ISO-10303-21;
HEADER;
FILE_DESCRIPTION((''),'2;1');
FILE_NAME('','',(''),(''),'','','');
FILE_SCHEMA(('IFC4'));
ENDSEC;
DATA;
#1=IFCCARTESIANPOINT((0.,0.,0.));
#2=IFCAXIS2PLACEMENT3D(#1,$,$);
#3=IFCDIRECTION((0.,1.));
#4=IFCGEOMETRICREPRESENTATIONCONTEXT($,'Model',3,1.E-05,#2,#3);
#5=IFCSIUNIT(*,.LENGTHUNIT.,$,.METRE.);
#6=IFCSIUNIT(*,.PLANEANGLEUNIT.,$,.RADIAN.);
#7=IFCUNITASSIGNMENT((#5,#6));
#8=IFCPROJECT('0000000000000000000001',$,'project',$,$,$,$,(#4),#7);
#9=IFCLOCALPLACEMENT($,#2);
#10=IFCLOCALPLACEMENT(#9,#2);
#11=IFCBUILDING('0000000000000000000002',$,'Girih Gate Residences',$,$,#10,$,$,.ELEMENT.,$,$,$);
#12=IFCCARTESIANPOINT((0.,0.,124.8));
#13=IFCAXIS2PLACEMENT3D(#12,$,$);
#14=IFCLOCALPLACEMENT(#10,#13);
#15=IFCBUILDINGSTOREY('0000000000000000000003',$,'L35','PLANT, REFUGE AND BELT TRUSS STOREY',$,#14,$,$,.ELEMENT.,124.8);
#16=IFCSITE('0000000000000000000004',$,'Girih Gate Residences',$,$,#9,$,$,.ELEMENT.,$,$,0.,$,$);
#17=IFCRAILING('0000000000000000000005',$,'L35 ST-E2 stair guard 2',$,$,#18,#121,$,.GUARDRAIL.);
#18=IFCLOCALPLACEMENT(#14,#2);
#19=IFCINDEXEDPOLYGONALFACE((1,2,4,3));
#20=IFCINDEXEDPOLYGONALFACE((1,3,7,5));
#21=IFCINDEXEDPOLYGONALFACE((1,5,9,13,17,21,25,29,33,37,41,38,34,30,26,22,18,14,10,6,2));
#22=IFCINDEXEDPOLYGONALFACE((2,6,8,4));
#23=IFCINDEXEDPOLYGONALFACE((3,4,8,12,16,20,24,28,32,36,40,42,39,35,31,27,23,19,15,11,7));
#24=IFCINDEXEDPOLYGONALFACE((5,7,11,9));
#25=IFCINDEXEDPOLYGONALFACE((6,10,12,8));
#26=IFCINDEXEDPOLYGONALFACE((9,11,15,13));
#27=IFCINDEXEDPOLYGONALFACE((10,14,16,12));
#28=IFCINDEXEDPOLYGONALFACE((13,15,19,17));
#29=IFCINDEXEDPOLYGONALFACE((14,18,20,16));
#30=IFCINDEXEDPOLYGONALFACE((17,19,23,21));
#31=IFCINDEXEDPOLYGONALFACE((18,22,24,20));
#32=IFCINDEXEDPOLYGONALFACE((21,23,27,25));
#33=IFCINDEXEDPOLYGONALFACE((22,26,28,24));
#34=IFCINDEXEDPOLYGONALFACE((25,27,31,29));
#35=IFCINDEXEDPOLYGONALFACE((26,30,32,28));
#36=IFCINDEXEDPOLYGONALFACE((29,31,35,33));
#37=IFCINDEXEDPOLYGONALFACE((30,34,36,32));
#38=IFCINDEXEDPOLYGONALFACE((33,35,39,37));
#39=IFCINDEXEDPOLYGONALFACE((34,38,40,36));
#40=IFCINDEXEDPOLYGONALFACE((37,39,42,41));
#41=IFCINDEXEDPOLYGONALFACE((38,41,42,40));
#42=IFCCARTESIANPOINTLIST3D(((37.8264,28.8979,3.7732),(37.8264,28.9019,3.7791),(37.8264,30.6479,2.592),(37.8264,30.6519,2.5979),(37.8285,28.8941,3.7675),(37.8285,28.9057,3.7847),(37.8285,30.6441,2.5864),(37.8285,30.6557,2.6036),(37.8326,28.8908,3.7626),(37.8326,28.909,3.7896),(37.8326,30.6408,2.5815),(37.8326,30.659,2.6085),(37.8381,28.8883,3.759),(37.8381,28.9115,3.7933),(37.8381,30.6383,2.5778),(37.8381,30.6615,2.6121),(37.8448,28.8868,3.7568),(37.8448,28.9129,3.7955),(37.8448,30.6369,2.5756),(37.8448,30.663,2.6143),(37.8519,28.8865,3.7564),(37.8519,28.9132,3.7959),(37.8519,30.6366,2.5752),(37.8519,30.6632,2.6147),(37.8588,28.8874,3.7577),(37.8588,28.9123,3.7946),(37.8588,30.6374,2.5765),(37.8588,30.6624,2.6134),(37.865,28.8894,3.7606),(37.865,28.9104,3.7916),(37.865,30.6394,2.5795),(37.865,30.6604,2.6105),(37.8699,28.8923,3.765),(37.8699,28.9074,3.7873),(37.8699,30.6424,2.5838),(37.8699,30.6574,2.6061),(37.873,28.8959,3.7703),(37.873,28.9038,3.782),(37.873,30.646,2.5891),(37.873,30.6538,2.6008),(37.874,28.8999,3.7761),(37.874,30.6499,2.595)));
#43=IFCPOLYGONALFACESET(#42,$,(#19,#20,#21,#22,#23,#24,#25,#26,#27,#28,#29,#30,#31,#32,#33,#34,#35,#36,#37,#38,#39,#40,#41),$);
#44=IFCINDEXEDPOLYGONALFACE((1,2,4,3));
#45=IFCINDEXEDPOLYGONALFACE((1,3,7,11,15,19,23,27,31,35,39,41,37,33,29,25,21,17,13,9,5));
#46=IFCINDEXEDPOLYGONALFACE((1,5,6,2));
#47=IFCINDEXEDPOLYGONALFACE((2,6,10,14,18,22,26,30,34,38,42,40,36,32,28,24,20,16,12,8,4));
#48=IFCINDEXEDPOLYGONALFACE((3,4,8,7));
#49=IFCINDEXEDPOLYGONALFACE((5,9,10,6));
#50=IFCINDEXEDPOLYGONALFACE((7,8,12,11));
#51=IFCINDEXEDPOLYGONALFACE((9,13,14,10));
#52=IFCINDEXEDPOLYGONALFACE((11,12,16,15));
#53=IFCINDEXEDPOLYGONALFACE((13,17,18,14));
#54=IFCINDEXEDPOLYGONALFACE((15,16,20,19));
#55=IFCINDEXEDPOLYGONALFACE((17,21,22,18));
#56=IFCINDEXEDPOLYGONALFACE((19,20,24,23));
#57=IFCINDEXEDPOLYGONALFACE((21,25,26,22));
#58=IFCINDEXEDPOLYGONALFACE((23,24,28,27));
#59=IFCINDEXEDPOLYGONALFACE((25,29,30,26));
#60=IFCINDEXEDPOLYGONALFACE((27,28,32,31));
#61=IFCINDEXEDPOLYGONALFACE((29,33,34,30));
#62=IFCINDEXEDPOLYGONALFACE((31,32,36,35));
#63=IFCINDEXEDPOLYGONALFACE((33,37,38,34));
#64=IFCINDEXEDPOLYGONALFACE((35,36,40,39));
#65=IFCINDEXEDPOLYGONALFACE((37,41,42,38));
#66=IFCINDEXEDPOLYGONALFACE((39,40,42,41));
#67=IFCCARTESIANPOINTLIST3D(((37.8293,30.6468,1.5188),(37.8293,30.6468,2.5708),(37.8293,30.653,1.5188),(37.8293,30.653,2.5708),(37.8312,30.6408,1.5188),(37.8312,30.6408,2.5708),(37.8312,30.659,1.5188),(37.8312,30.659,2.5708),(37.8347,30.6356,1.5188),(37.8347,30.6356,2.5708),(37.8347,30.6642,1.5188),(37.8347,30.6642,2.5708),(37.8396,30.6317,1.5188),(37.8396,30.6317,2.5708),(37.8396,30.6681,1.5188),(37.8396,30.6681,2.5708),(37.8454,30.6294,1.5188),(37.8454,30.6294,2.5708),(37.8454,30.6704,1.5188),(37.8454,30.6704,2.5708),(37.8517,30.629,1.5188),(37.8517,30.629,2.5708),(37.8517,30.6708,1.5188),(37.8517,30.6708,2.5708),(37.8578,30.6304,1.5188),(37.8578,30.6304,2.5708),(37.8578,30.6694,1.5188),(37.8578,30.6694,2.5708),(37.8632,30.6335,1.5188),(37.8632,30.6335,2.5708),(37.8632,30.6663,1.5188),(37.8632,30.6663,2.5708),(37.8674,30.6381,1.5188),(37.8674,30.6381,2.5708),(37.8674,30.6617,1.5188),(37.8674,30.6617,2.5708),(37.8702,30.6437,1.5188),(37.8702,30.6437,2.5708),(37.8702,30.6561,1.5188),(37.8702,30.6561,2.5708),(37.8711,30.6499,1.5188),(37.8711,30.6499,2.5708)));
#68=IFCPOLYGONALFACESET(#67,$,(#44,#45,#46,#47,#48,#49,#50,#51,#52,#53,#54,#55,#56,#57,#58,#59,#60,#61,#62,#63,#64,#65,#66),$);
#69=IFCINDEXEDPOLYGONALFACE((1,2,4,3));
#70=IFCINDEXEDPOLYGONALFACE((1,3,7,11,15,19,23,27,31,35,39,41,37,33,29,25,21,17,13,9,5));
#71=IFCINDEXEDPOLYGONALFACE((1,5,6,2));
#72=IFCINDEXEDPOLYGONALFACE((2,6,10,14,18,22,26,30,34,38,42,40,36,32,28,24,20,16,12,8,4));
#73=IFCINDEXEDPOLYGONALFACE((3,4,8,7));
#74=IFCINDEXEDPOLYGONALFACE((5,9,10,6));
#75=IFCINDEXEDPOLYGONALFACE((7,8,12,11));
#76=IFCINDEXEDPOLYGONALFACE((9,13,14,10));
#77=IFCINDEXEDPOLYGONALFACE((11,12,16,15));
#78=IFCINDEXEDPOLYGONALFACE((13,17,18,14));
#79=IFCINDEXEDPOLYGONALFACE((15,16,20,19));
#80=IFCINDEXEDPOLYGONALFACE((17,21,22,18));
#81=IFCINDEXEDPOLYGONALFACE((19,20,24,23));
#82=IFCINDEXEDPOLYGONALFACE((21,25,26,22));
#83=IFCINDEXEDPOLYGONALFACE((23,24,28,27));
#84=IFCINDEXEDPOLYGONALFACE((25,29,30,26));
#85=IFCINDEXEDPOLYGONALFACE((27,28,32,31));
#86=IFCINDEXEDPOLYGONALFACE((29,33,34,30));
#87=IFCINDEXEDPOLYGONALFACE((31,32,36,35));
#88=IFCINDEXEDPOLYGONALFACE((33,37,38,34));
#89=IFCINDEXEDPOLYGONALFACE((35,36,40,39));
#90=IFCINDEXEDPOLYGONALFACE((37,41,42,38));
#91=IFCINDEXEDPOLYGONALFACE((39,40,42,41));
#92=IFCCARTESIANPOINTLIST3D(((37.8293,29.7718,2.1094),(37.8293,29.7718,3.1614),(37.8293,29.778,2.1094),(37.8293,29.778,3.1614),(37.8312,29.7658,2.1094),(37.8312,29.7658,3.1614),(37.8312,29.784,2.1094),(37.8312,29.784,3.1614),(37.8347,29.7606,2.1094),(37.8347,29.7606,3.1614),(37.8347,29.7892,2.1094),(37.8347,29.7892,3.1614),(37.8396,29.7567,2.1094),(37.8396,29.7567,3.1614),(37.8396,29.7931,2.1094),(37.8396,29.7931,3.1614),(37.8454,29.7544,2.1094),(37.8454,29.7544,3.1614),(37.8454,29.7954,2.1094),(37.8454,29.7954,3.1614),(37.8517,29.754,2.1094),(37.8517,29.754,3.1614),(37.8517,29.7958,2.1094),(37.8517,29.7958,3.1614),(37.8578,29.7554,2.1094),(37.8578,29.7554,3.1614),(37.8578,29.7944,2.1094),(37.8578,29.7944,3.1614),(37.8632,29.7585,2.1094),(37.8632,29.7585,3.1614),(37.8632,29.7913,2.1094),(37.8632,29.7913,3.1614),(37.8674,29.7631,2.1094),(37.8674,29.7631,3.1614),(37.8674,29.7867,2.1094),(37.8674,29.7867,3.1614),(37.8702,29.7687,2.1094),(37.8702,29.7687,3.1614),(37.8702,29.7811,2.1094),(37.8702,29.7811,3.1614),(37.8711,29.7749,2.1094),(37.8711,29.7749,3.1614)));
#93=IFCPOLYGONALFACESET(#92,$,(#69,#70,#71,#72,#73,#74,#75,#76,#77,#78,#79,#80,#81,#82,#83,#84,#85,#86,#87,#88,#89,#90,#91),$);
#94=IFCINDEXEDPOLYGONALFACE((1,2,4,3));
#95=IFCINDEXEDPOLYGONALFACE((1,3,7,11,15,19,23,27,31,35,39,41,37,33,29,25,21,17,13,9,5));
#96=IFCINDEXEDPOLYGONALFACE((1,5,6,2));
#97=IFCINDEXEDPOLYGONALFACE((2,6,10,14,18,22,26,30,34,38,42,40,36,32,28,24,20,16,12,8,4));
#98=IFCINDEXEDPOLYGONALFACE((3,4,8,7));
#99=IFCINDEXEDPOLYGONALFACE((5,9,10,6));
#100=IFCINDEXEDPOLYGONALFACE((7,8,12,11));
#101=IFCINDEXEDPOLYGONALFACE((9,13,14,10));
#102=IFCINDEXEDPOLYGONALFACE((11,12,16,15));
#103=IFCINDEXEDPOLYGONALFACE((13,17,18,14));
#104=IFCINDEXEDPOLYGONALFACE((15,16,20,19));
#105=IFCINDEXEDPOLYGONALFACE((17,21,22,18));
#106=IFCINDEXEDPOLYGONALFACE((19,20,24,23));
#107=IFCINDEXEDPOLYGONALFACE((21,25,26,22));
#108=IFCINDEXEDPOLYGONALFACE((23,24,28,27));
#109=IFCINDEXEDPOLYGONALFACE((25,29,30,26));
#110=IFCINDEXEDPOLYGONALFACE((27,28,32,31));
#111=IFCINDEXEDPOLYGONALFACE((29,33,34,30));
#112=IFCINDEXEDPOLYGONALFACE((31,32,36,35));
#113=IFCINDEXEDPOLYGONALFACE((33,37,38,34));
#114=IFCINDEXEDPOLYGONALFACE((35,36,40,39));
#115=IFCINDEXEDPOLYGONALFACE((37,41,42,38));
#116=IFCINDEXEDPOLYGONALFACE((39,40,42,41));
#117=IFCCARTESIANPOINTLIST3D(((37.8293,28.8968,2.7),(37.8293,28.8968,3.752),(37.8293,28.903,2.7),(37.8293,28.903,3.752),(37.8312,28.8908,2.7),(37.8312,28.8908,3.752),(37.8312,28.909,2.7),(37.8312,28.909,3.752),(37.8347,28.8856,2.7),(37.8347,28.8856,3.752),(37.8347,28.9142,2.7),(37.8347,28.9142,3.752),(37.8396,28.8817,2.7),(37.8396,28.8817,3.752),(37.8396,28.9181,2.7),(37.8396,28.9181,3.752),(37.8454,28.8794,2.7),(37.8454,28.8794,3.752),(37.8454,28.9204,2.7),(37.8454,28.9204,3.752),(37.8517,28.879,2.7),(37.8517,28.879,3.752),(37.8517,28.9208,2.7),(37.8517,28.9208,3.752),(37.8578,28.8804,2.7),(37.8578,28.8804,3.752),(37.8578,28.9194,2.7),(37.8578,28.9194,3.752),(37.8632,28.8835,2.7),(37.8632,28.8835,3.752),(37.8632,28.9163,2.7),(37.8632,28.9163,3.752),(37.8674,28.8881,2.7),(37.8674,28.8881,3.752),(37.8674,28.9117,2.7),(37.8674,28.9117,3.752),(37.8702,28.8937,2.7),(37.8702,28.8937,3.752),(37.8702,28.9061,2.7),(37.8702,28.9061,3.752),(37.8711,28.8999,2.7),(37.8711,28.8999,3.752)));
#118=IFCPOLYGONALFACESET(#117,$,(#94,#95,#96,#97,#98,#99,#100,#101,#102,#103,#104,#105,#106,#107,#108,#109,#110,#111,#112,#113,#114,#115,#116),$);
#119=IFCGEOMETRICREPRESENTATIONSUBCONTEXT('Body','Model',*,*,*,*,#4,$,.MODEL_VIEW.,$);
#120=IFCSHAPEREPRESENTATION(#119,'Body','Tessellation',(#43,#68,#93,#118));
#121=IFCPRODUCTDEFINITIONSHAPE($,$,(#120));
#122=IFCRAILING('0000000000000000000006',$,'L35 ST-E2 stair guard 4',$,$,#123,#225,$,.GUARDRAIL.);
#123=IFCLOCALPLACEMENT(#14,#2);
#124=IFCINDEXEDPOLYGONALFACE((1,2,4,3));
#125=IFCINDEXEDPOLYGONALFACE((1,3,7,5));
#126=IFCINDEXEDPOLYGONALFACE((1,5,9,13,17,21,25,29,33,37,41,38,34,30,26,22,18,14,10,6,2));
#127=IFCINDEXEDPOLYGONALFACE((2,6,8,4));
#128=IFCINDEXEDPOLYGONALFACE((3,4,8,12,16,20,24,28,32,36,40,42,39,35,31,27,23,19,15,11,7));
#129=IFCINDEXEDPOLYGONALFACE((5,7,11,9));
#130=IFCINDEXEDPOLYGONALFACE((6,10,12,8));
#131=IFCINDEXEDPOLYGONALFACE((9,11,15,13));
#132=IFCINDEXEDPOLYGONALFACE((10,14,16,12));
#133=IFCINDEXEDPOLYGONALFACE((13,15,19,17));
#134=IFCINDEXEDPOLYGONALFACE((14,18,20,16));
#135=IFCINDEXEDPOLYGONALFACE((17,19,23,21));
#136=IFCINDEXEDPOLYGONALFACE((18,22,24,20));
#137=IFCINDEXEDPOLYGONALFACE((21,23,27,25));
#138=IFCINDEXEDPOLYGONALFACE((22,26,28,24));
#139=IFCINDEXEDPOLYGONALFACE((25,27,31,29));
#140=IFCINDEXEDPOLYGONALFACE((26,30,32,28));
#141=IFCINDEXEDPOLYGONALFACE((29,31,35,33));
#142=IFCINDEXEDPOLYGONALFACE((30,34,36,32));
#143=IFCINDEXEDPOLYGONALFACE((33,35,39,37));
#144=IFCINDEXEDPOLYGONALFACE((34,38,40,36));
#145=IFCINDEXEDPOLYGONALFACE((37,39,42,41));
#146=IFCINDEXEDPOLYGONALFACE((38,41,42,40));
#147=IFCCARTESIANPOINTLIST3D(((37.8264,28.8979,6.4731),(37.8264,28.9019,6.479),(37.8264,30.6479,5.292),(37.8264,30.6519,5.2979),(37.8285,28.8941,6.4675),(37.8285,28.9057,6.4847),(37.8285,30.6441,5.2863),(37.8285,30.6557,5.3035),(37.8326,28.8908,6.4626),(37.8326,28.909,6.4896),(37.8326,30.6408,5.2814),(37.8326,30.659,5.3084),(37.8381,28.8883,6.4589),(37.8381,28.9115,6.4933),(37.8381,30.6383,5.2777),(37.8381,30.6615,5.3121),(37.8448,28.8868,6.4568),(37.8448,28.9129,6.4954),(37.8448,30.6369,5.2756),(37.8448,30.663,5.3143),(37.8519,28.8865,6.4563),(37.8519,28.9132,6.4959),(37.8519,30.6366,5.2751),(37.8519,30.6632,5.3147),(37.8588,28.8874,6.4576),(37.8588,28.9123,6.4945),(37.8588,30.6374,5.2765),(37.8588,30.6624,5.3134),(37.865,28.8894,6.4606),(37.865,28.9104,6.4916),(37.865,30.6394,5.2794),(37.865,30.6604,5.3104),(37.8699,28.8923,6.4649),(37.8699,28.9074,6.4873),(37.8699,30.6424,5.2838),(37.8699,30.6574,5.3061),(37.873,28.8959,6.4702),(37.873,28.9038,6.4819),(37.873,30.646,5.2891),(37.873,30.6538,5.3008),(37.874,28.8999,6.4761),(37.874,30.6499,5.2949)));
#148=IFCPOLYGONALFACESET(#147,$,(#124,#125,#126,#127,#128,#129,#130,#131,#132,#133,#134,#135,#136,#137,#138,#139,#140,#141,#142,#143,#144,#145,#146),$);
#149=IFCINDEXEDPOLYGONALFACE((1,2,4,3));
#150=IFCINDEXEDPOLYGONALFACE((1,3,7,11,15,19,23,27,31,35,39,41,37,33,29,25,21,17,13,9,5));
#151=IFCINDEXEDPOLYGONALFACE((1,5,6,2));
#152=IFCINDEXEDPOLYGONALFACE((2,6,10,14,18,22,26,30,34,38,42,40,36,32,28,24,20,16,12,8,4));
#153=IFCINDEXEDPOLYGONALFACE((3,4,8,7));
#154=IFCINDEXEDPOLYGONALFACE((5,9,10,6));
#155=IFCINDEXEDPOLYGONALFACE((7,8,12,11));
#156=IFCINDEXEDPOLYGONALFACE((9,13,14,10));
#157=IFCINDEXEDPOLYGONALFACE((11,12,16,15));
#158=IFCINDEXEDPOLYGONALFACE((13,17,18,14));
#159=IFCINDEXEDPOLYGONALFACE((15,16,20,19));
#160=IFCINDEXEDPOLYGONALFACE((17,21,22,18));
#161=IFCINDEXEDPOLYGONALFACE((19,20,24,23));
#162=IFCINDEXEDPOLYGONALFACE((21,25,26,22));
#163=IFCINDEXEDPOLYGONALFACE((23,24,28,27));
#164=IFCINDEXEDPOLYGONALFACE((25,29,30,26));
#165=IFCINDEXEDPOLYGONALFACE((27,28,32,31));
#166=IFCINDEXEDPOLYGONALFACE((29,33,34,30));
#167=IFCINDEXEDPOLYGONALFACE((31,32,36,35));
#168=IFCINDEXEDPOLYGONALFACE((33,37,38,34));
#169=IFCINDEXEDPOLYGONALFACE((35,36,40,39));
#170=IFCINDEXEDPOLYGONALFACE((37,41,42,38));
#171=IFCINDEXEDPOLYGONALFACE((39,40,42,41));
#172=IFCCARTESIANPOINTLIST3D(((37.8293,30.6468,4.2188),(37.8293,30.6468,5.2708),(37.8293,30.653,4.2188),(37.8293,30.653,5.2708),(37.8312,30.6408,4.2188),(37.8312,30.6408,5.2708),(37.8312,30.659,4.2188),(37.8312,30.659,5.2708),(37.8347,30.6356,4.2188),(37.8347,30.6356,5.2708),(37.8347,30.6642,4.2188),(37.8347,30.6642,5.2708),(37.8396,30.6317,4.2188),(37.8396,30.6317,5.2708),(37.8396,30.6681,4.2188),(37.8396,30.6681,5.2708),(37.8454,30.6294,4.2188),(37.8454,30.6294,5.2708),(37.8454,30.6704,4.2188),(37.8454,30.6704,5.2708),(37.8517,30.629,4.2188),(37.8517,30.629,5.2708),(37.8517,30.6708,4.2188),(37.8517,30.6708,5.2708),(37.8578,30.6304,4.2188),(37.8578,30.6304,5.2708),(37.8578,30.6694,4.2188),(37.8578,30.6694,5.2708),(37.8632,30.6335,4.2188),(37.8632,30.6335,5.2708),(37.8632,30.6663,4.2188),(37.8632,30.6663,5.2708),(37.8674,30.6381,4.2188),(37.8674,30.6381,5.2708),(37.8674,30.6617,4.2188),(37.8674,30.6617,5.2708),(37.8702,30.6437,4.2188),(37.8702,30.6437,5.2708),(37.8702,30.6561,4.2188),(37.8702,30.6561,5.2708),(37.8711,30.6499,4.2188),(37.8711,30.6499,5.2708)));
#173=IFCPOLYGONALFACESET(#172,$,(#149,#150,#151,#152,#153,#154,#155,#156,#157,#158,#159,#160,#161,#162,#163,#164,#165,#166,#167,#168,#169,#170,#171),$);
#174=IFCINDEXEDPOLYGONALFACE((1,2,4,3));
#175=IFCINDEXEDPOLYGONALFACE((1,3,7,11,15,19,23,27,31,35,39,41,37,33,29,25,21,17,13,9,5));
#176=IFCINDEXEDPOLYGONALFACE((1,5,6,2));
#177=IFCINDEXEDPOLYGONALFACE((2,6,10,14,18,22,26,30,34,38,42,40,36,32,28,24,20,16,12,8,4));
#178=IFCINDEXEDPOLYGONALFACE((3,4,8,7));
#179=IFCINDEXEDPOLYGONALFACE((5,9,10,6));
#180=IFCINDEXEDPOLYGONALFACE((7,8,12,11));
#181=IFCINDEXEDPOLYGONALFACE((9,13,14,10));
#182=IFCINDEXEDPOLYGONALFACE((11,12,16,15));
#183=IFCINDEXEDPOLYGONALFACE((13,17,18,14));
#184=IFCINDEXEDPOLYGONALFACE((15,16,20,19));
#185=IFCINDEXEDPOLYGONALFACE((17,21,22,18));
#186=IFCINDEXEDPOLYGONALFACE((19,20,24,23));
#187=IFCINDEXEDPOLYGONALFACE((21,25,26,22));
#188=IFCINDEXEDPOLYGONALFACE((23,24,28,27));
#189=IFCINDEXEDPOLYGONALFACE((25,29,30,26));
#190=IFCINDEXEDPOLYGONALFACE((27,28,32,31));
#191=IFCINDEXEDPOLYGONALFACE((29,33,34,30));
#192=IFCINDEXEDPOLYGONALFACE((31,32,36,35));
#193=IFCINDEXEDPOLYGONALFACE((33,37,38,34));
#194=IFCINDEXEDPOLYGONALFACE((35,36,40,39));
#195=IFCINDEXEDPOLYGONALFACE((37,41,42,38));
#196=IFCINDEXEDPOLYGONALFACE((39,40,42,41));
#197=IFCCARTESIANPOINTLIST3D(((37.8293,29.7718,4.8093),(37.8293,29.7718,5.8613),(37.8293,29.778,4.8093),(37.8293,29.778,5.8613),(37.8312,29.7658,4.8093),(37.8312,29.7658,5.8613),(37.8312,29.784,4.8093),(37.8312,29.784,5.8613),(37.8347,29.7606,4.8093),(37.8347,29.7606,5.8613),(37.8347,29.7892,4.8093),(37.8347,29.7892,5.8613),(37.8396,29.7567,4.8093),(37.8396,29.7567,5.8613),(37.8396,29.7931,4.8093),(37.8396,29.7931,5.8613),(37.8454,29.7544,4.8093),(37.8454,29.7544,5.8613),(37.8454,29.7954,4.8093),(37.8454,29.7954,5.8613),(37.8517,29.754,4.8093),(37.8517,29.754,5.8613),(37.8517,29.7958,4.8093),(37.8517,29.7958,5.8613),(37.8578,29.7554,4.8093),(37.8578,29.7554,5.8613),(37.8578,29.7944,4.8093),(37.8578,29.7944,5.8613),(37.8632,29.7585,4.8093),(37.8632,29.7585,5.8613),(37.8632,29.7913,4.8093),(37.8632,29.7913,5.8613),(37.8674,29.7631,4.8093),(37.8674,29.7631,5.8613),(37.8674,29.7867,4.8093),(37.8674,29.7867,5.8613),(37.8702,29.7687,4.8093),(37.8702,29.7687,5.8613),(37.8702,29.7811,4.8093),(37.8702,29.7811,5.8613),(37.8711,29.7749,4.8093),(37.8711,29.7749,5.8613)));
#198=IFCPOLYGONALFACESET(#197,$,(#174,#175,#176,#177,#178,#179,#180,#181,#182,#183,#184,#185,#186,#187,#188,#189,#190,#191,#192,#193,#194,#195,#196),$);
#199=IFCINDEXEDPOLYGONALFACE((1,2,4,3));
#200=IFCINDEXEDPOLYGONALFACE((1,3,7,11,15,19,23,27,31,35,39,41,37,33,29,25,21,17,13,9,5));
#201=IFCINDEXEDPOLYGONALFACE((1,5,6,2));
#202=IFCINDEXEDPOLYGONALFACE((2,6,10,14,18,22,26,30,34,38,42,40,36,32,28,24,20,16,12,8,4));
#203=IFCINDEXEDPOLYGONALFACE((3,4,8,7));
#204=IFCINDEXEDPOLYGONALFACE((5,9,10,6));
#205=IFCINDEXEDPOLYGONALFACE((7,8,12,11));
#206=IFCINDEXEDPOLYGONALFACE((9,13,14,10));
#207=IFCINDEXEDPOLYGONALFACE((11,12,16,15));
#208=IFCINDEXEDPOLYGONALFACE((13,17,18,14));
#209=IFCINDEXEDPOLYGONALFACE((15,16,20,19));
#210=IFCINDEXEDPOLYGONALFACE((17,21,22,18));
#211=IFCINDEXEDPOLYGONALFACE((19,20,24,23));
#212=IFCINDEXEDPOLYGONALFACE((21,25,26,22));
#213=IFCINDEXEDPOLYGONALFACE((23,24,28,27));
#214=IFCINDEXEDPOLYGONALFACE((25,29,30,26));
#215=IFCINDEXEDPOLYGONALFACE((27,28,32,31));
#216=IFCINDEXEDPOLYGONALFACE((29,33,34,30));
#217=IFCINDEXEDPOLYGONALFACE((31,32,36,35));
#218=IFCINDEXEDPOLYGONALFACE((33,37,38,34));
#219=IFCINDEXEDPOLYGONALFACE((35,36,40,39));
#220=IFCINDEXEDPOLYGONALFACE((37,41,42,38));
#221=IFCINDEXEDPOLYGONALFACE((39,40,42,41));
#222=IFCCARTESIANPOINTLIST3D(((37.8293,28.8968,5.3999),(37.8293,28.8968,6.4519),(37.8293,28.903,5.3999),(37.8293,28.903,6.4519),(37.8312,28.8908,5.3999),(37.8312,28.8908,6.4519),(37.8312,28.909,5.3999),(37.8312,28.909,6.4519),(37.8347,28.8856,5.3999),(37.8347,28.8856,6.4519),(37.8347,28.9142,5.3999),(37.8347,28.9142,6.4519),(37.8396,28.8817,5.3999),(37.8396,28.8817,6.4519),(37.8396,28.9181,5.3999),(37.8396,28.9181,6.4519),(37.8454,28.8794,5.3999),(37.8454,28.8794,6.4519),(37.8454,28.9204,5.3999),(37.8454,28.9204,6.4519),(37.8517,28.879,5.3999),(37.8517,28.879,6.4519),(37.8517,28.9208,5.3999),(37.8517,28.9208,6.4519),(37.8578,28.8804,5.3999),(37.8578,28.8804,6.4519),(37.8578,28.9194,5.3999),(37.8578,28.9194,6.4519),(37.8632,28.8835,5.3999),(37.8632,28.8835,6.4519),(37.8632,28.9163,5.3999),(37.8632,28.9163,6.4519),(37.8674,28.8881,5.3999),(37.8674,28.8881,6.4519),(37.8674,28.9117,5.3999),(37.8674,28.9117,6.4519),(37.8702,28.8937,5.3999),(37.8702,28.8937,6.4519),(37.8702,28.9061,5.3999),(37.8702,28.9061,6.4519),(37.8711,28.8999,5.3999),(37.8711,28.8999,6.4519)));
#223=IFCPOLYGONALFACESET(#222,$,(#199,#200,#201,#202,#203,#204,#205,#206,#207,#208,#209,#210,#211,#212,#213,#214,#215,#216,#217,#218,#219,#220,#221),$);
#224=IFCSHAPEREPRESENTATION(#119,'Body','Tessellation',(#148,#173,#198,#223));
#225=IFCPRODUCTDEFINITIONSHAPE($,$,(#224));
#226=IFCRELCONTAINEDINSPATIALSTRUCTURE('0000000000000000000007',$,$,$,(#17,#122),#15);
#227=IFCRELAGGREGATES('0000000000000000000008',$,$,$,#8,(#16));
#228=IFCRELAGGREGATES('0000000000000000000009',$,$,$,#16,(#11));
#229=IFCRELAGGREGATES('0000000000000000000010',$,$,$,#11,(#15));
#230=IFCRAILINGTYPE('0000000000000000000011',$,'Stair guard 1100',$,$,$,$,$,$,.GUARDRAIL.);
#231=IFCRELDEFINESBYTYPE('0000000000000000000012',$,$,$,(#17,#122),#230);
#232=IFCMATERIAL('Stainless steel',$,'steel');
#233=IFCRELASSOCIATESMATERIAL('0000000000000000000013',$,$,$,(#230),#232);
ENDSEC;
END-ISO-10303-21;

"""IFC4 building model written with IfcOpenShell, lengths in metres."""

from ifc_helpers import new_model, si_unit, direction, frame, origin, origin_2d, place, context, subcontext, project, spatial, circle, extrude, material, type_object, element, save


model = new_model("IFC4")

# Units and contexts
model_context = context("Model", 3, precision=1e-05, world=origin(), true_north=direction((0.0, 1.0)))
body_context = subcontext(model_context, "Body", "Model", "MODEL_VIEW")
ifc_project = project(units=[si_unit("LENGTHUNIT", "METRE"), si_unit("PLANEANGLEUNIT", "RADIAN")], contexts=[model_context])

# Site, building, storey
site_placement = place(None, origin())
site = spatial("IfcSite", under=ifc_project, at=site_placement, Name="Girih Gate Residences", CompositionType="ELEMENT", RefElevation=0.0)
building_placement = place(site_placement, origin())
building = spatial("IfcBuilding", under=site, at=building_placement, Name="Girih Gate Residences", CompositionType="ELEMENT")
storey_placement = place(building_placement, frame((0.0, 0.0, 124.8)))
storey = spatial("IfcBuildingStorey", under=building, at=storey_placement, Name="L35", Description="PLANT, REFUGE AND BELT TRUSS STOREY", CompositionType="ELEMENT", Elevation=124.8)

# Shared definitions
ifc_material_1 = material(Name="Stainless steel", Category="steel")

# Railings
railing_type_1 = type_object("IfcRailingType", Name="Stair guard 1100", PredefinedType="GUARDRAIL", material=ifc_material_1)
for number, where, name in (
    (1, (37.8501, 30.6499, 1.5188), "L35 ST-E2 stair guard 2"),
    (2, (37.8501, 30.6499, 4.2188), "L35 ST-E2 stair guard 4"),
):
    element("IfcRailing", number, at=place(storey_placement, frame(where)), inside=storey, type_object=railing_type_1, Name=name, PredefinedType="GUARDRAIL", context=body_context, shape_type="SweptSolid", body=[
        extrude(circle(Radius=0.0239, at=origin_2d()), frame((0.0, 0.0, 1.0762), z_axis=(0.0, -0.82887, 0.559441), x_axis=(1.0, 0.0, 0.0)), (0.0, 0.0, 1.0), 2.1113),
        extrude(circle(Radius=0.021, at=origin_2d()), origin(), (0.0, 0.0, 1.0), 1.052),
        extrude(circle(Radius=0.021, at=origin_2d()), frame((0.0, -0.875, 0.5906)), (0.0, 0.0, 1.0), 1.052),
        extrude(circle(Radius=0.021, at=origin_2d()), frame((0.0, -1.75, 1.1812)), (0.0, 0.0, 1.0), 1.052),
    ])

save(model, "model.ifc")
